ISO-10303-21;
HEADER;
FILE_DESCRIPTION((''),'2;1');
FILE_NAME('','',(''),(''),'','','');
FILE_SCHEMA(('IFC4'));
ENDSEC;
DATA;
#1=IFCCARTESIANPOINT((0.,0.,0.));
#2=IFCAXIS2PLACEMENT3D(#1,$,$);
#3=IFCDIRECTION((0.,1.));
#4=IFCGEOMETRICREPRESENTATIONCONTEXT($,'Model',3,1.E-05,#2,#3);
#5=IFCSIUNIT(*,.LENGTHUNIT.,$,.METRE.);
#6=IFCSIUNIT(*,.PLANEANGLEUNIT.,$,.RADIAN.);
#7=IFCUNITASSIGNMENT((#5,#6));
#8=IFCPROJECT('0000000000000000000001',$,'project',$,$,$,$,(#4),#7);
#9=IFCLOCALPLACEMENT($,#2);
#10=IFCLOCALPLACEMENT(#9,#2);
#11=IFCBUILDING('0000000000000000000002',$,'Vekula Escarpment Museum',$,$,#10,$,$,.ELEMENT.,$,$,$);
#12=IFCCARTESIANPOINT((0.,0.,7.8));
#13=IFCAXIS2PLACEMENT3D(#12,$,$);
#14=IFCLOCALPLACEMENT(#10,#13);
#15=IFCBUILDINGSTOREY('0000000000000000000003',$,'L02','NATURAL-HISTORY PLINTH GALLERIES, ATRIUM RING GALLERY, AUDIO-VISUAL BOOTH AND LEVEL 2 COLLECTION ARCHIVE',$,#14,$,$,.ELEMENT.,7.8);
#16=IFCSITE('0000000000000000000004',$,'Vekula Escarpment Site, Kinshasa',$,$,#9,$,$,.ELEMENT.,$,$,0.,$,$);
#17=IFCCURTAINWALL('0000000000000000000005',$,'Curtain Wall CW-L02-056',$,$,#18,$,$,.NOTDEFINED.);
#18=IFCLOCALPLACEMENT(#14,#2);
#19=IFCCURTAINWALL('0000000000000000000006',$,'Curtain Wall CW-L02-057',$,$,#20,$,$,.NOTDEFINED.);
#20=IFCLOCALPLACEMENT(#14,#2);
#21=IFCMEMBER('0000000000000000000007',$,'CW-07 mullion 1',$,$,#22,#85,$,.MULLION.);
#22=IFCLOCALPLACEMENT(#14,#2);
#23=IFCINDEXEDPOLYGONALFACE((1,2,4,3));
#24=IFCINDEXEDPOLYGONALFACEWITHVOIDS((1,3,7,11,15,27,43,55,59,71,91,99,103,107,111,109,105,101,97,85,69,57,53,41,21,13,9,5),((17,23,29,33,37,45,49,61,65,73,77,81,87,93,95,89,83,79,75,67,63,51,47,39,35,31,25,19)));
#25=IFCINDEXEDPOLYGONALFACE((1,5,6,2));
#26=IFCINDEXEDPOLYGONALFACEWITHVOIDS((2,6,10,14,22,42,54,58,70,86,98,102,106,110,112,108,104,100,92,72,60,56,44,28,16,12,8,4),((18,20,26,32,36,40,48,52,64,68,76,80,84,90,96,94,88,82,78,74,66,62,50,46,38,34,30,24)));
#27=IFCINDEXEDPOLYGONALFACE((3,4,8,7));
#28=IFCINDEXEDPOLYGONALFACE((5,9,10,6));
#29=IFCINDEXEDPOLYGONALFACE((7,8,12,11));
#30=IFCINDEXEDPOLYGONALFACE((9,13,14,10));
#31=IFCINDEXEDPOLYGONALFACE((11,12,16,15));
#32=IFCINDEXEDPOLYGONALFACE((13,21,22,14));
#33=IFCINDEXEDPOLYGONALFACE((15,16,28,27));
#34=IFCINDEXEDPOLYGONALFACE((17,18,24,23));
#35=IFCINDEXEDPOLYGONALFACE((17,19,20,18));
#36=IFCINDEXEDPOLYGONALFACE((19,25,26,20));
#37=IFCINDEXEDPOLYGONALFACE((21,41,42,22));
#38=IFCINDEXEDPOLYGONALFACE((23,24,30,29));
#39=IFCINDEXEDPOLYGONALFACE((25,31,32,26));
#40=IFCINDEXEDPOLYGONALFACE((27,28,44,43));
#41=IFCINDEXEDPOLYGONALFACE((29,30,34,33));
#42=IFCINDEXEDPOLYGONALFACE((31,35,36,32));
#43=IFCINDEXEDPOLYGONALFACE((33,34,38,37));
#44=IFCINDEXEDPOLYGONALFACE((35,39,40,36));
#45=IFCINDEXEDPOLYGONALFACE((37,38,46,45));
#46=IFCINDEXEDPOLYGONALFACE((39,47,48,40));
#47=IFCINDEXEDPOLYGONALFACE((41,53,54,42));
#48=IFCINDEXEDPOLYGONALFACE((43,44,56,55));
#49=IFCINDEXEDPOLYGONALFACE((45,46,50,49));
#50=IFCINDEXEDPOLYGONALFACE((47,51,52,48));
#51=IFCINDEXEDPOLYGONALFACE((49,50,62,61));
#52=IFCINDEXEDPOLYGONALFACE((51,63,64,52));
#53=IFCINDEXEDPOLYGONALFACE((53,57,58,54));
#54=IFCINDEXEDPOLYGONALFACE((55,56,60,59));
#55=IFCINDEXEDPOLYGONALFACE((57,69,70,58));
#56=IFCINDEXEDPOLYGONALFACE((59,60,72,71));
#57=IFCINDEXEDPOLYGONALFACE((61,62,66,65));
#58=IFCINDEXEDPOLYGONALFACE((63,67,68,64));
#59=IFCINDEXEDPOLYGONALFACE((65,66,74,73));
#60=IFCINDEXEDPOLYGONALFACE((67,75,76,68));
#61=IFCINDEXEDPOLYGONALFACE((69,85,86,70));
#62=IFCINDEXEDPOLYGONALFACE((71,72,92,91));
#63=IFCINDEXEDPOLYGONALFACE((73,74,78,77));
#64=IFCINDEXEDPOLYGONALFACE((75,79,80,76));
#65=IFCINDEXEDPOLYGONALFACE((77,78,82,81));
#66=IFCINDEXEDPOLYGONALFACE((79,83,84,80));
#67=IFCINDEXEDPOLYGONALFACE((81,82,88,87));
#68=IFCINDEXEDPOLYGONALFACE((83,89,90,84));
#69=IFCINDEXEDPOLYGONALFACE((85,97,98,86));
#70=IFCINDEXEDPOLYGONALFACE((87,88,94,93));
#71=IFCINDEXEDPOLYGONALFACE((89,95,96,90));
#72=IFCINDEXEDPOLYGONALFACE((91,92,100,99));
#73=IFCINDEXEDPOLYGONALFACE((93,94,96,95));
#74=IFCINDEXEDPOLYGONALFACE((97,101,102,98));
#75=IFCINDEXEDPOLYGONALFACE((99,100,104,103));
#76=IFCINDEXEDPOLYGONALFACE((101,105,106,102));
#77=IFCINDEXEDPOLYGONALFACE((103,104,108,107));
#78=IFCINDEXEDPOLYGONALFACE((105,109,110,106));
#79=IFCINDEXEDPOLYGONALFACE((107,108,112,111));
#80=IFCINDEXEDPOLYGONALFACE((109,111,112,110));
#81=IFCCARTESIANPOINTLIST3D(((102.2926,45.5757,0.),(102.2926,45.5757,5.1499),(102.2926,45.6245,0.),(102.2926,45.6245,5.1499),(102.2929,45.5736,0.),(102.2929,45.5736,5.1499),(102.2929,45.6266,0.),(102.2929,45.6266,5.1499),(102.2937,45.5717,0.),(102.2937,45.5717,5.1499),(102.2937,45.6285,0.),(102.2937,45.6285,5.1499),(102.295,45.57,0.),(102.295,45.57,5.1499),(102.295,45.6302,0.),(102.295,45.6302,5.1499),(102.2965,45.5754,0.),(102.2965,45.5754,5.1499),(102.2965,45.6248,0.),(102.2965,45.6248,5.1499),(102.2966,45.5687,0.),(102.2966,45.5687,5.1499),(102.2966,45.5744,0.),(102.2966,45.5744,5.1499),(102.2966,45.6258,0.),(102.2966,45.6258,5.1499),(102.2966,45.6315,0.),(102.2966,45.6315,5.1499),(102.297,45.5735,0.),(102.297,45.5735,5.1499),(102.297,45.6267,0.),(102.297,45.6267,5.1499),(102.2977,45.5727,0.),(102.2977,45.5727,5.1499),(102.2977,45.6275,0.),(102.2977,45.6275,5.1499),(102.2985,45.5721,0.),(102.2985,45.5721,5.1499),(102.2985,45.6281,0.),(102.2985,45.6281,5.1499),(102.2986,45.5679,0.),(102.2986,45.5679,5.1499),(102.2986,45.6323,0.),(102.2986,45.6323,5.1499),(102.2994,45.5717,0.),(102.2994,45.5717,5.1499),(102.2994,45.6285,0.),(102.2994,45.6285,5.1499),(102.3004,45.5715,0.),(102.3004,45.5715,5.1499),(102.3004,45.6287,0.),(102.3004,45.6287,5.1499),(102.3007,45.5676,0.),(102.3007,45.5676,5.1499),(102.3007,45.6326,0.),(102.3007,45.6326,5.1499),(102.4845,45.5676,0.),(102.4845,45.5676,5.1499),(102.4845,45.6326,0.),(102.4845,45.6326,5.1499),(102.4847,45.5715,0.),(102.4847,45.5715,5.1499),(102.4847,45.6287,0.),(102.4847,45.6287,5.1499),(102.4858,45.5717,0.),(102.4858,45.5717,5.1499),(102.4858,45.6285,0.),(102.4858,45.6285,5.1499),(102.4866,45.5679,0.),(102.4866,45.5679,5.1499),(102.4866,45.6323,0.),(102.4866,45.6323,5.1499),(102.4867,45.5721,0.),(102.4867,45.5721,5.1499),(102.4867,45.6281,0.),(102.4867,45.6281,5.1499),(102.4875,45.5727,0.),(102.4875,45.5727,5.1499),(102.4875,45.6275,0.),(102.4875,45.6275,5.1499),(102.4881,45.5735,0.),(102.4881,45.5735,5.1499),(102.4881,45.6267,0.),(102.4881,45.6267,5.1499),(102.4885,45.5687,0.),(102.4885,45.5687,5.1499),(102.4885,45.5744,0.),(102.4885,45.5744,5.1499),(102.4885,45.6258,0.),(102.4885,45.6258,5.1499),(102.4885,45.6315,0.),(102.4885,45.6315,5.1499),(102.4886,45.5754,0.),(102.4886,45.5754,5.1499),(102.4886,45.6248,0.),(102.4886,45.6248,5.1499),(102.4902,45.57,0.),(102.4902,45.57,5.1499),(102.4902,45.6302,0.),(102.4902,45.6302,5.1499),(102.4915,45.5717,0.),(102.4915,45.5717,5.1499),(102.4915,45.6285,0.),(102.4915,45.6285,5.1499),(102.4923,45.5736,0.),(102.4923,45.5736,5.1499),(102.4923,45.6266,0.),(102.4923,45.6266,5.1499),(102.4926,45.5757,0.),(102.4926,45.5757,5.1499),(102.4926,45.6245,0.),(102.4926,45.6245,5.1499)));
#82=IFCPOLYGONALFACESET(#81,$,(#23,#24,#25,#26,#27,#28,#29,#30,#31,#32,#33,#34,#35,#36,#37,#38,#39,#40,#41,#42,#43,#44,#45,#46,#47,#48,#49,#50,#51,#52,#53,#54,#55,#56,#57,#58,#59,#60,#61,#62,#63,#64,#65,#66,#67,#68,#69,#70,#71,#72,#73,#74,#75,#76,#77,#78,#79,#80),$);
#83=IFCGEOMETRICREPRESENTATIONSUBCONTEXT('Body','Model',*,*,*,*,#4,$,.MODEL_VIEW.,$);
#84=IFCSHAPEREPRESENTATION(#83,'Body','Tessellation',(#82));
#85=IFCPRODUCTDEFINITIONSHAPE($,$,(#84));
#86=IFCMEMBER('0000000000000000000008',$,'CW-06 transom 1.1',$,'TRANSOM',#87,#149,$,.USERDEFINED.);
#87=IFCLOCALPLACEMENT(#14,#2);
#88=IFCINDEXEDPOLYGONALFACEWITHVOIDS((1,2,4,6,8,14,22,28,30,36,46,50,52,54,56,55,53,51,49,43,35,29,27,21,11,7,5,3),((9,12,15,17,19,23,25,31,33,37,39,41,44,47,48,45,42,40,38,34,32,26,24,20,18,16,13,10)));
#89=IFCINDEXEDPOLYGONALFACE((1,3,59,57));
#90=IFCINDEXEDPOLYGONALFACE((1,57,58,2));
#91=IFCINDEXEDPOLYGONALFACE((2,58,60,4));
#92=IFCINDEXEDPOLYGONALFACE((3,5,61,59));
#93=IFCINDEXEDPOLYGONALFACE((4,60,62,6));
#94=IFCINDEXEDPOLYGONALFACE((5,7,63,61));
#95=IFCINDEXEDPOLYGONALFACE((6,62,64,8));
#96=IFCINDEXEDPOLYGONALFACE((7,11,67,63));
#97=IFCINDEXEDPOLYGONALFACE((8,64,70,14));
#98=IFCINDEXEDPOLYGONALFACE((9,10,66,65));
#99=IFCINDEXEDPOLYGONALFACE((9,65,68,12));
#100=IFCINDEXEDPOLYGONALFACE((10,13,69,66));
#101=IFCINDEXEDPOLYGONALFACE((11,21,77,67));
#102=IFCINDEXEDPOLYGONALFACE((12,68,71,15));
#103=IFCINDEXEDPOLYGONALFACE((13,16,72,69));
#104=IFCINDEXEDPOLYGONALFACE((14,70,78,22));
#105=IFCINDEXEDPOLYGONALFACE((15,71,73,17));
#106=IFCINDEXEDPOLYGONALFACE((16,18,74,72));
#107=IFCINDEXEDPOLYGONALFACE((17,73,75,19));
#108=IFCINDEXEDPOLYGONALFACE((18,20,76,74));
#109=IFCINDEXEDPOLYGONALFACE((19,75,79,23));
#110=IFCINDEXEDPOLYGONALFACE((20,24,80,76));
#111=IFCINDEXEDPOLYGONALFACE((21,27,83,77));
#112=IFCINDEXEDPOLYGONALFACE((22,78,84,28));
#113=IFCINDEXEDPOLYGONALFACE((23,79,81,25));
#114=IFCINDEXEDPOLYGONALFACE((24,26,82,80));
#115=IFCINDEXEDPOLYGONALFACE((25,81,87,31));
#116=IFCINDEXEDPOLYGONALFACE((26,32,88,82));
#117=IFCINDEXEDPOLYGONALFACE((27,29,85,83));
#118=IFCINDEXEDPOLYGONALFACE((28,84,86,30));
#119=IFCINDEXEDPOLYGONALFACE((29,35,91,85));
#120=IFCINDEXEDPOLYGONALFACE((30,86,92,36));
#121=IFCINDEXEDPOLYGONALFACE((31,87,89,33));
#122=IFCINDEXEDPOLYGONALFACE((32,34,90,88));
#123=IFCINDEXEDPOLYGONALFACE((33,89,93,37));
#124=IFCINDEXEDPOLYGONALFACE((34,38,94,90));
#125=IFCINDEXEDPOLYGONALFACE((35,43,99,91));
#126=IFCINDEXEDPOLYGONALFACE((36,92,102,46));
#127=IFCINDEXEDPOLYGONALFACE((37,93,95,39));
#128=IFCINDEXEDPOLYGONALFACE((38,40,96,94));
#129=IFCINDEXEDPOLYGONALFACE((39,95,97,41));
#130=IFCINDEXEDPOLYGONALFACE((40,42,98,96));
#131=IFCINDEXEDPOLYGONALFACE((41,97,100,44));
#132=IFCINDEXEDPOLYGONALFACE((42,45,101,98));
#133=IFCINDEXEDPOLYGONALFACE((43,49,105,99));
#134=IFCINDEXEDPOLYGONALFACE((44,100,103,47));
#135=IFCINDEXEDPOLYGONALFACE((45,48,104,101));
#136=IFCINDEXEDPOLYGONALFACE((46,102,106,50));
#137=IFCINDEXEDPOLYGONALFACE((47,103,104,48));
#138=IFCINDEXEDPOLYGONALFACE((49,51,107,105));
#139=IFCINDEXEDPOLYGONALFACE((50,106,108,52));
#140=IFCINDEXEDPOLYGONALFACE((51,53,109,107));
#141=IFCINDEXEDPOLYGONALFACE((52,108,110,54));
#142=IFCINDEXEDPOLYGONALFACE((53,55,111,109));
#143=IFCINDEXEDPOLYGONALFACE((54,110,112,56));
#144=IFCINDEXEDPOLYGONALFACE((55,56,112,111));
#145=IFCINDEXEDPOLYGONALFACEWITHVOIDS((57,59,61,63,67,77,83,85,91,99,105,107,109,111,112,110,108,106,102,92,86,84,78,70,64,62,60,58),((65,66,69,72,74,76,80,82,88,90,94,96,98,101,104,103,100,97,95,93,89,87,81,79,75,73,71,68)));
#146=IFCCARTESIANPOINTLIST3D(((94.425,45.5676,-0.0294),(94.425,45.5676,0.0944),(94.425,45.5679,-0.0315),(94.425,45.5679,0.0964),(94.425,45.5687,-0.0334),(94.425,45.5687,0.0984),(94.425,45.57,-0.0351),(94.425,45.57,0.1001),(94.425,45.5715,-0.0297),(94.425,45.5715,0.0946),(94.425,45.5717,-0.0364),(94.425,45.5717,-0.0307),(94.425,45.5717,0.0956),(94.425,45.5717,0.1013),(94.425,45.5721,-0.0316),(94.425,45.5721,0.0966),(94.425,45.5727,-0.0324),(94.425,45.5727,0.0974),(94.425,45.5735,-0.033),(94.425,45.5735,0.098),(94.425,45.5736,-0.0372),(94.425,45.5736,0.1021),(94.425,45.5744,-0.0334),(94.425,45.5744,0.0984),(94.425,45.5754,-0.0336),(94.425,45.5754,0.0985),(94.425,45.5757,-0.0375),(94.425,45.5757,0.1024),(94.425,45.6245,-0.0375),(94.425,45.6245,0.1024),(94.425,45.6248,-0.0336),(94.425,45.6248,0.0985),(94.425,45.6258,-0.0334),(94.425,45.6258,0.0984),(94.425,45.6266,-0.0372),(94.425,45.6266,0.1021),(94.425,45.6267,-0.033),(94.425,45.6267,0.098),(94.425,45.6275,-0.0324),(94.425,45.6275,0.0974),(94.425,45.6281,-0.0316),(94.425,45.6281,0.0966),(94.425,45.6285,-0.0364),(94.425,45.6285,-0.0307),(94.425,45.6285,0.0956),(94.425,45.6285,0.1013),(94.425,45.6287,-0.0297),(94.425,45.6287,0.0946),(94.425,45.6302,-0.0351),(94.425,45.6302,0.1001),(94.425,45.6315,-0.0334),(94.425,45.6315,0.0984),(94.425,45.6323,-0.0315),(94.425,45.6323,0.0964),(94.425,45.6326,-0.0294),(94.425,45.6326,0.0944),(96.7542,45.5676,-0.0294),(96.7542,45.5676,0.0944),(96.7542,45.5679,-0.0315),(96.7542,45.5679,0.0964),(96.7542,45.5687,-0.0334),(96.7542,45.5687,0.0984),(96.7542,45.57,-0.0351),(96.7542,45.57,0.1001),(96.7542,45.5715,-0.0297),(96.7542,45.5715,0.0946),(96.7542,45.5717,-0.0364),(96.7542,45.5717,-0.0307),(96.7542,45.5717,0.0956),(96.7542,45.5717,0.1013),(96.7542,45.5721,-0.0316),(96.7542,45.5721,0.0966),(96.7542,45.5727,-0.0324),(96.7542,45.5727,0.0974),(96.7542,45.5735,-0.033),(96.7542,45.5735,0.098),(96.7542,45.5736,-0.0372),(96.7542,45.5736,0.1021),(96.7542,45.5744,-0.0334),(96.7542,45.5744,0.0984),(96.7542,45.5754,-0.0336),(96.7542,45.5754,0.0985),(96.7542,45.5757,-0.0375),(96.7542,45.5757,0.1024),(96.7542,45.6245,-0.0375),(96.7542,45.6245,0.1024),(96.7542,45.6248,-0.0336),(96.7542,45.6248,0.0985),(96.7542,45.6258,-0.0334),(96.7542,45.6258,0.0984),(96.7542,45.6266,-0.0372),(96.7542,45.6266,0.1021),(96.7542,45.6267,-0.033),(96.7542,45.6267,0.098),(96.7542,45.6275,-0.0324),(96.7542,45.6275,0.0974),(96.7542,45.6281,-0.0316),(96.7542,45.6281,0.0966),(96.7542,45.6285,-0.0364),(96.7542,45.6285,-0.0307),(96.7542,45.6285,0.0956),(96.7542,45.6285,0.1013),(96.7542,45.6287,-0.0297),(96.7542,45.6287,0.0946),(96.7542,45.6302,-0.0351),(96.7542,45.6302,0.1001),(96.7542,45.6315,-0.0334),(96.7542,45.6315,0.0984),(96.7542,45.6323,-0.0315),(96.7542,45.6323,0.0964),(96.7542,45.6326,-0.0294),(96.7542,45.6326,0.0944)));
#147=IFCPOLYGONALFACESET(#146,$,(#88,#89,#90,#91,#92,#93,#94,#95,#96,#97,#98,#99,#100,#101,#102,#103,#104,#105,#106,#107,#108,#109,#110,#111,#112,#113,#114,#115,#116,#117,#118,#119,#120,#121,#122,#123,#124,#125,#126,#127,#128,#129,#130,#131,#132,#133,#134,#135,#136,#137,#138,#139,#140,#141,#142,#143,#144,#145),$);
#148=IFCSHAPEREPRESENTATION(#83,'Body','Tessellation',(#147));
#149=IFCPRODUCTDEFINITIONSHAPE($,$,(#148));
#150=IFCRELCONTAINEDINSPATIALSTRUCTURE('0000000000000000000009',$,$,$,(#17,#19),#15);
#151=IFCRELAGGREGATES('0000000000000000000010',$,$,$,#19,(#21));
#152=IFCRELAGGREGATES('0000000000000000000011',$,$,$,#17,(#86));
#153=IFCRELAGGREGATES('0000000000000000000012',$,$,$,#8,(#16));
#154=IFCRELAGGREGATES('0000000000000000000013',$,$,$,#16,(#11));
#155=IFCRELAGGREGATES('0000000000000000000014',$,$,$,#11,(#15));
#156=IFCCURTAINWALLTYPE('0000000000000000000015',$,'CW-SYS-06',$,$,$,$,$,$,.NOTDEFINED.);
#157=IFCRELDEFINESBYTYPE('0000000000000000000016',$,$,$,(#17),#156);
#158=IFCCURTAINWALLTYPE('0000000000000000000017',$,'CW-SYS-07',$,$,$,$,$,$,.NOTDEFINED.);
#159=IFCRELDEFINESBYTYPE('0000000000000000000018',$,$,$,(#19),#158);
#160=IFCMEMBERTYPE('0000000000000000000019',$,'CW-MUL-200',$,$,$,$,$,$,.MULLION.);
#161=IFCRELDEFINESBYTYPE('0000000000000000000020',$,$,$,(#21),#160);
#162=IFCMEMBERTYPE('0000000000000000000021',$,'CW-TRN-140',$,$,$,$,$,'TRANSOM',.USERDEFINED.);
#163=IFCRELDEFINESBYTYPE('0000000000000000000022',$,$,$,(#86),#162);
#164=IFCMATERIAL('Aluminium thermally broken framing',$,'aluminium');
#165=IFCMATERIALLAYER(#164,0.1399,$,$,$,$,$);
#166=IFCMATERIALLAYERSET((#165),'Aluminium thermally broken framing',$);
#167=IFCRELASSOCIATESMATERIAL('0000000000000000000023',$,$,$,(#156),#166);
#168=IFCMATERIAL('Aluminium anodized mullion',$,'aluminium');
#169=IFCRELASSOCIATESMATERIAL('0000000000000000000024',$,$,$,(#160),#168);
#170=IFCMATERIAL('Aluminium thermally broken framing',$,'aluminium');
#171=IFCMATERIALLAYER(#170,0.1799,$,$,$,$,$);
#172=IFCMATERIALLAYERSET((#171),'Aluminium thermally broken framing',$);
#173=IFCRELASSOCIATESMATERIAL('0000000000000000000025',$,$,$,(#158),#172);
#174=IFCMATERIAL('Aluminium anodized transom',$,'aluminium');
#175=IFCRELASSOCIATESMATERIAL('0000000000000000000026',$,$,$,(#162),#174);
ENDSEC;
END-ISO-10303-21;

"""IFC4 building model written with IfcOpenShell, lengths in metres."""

from ifc_helpers import new_model, si_unit, direction, frame, origin, origin_2d, place, context, subcontext, project, spatial, hollow_rectangle, extrude, material, layer, layer_set, material_profile, profile_set, type_object, element, aggregate, save


model = new_model("IFC4")

# Units and contexts
model_context = context("Model", 3, precision=1e-05, world=origin(), true_north=direction((0.0, 1.0)))
body_context = subcontext(model_context, "Body", "Model", "MODEL_VIEW")
ifc_project = project(units=[si_unit("LENGTHUNIT", "METRE"), si_unit("PLANEANGLEUNIT", "RADIAN")], contexts=[model_context])

# Site, building, storey
site_placement = place(None, origin())
site = spatial("IfcSite", under=ifc_project, at=site_placement, Name="Vekula Escarpment Site, Kinshasa", CompositionType="ELEMENT", RefElevation=0.0)
building_placement = place(site_placement, origin())
building = spatial("IfcBuilding", under=site, at=building_placement, Name="Vekula Escarpment Museum", CompositionType="ELEMENT")
storey_placement = place(building_placement, frame((0.0, 0.0, 7.8)))
storey = spatial("IfcBuildingStorey", under=building, at=storey_placement, Name="L02", Description="NATURAL-HISTORY PLINTH GALLERIES, ATRIUM RING GALLERY, AUDIO-VISUAL BOOTH AND LEVEL 2 COLLECTION ARCHIVE", CompositionType="ELEMENT", Elevation=7.8)

# Curtain wall
ifc_material_1 = material(Name="Aluminium thermally broken framing", Category="aluminium")
ifc_layer_1 = layer(ifc_material_1, 0.1399)
ifc_layer_set_1 = layer_set([ifc_layer_1], Name="Aluminium thermally broken framing")
curtain_wall_type_1 = type_object("IfcCurtainWallType", Name="CW-SYS-06", PredefinedType="NOTDEFINED", material=ifc_layer_set_1)
curtain_wall_1_placement = place(storey_placement, origin())
curtain_wall_1 = element("IfcCurtainWall", 1, at=curtain_wall_1_placement, inside=storey, type_object=curtain_wall_type_1, Name="Curtain Wall CW-L02-056", PredefinedType="NOTDEFINED")
ifc_material_2 = material(Name="Aluminium anodized mullion", Category="aluminium")
ifc_material_profile_1 = material_profile(ifc_material_2, hollow_rectangle(XDim=0.0649, YDim=0.2, WallThickness=0.0039, InnerFilletRadius=0.0039, OuterFilletRadius=0.0081, at=origin_2d()), Name="ALU 200x65x4")
ifc_profile_set_1 = profile_set([ifc_material_profile_1], Name="Aluminium anodized mullion")
member_type_1 = type_object("IfcMemberType", Name="CW-MUL-200", PredefinedType="MULLION", material=ifc_profile_set_1)

# Curtain wall, member
ifc_material_3 = material(Name="Aluminium thermally broken framing", Category="aluminium")
ifc_layer_2 = layer(ifc_material_3, 0.1799)
ifc_layer_set_2 = layer_set([ifc_layer_2], Name="Aluminium thermally broken framing")
curtain_wall_type_2 = type_object("IfcCurtainWallType", Name="CW-SYS-07", PredefinedType="NOTDEFINED", material=ifc_layer_set_2)
curtain_wall_2_placement = place(storey_placement, origin())
curtain_wall_2 = element("IfcCurtainWall", 2, at=curtain_wall_2_placement, inside=storey, type_object=curtain_wall_type_2, Name="Curtain Wall CW-L02-057", PredefinedType="NOTDEFINED")
member_1_placement = place(storey_placement, frame((102.3926, 45.6001, 0.0), z_axis=(0.0, 0.0, 1.0), x_axis=(0.0, 1.0, 0.0)))
member_1 = element("IfcMember", 3, at=member_1_placement, type_object=member_type_1, Name="CW-07 mullion 1", PredefinedType="MULLION", context=body_context, shape_type="SweptSolid", body=[
    extrude(hollow_rectangle(XDim=0.0649, YDim=0.2, WallThickness=0.0039, InnerFilletRadius=0.0039, OuterFilletRadius=0.0081, at=origin_2d()), origin(), (0.0, 0.0, 1.0), 5.1499),
])
aggregate(curtain_wall_2, [member_1])

# Member
ifc_material_4 = material(Name="Aluminium anodized transom", Category="aluminium")
ifc_material_profile_2 = material_profile(ifc_material_4, hollow_rectangle(XDim=0.0649, YDim=0.1399, WallThickness=0.0039, InnerFilletRadius=0.0039, OuterFilletRadius=0.0081, at=origin_2d()), Name="ALU 140x65x4")
ifc_profile_set_2 = profile_set([ifc_material_profile_2], Name="Aluminium anodized transom")
member_type_2 = type_object("IfcMemberType", Name="CW-TRN-140", ElementType="TRANSOM", PredefinedType="USERDEFINED", material=ifc_profile_set_2)
member_2_placement = place(storey_placement, frame((94.425, 45.6001, 0.0325), z_axis=(1.0, 0.0, 0.0), x_axis=(0.0, 1.0, 0.0)))
member_2 = element("IfcMember", 4, at=member_2_placement, type_object=member_type_2, Name="CW-06 transom 1.1", ObjectType="TRANSOM", PredefinedType="USERDEFINED", context=body_context, shape_type="SweptSolid", body=[
    extrude(hollow_rectangle(XDim=0.0649, YDim=0.1399, WallThickness=0.0039, InnerFilletRadius=0.0039, OuterFilletRadius=0.0081, at=origin_2d()), origin(), (0.0, 0.0, 1.0), 2.3291),
])

aggregate(curtain_wall_1, [member_2])

save(model, "model.ifc")
